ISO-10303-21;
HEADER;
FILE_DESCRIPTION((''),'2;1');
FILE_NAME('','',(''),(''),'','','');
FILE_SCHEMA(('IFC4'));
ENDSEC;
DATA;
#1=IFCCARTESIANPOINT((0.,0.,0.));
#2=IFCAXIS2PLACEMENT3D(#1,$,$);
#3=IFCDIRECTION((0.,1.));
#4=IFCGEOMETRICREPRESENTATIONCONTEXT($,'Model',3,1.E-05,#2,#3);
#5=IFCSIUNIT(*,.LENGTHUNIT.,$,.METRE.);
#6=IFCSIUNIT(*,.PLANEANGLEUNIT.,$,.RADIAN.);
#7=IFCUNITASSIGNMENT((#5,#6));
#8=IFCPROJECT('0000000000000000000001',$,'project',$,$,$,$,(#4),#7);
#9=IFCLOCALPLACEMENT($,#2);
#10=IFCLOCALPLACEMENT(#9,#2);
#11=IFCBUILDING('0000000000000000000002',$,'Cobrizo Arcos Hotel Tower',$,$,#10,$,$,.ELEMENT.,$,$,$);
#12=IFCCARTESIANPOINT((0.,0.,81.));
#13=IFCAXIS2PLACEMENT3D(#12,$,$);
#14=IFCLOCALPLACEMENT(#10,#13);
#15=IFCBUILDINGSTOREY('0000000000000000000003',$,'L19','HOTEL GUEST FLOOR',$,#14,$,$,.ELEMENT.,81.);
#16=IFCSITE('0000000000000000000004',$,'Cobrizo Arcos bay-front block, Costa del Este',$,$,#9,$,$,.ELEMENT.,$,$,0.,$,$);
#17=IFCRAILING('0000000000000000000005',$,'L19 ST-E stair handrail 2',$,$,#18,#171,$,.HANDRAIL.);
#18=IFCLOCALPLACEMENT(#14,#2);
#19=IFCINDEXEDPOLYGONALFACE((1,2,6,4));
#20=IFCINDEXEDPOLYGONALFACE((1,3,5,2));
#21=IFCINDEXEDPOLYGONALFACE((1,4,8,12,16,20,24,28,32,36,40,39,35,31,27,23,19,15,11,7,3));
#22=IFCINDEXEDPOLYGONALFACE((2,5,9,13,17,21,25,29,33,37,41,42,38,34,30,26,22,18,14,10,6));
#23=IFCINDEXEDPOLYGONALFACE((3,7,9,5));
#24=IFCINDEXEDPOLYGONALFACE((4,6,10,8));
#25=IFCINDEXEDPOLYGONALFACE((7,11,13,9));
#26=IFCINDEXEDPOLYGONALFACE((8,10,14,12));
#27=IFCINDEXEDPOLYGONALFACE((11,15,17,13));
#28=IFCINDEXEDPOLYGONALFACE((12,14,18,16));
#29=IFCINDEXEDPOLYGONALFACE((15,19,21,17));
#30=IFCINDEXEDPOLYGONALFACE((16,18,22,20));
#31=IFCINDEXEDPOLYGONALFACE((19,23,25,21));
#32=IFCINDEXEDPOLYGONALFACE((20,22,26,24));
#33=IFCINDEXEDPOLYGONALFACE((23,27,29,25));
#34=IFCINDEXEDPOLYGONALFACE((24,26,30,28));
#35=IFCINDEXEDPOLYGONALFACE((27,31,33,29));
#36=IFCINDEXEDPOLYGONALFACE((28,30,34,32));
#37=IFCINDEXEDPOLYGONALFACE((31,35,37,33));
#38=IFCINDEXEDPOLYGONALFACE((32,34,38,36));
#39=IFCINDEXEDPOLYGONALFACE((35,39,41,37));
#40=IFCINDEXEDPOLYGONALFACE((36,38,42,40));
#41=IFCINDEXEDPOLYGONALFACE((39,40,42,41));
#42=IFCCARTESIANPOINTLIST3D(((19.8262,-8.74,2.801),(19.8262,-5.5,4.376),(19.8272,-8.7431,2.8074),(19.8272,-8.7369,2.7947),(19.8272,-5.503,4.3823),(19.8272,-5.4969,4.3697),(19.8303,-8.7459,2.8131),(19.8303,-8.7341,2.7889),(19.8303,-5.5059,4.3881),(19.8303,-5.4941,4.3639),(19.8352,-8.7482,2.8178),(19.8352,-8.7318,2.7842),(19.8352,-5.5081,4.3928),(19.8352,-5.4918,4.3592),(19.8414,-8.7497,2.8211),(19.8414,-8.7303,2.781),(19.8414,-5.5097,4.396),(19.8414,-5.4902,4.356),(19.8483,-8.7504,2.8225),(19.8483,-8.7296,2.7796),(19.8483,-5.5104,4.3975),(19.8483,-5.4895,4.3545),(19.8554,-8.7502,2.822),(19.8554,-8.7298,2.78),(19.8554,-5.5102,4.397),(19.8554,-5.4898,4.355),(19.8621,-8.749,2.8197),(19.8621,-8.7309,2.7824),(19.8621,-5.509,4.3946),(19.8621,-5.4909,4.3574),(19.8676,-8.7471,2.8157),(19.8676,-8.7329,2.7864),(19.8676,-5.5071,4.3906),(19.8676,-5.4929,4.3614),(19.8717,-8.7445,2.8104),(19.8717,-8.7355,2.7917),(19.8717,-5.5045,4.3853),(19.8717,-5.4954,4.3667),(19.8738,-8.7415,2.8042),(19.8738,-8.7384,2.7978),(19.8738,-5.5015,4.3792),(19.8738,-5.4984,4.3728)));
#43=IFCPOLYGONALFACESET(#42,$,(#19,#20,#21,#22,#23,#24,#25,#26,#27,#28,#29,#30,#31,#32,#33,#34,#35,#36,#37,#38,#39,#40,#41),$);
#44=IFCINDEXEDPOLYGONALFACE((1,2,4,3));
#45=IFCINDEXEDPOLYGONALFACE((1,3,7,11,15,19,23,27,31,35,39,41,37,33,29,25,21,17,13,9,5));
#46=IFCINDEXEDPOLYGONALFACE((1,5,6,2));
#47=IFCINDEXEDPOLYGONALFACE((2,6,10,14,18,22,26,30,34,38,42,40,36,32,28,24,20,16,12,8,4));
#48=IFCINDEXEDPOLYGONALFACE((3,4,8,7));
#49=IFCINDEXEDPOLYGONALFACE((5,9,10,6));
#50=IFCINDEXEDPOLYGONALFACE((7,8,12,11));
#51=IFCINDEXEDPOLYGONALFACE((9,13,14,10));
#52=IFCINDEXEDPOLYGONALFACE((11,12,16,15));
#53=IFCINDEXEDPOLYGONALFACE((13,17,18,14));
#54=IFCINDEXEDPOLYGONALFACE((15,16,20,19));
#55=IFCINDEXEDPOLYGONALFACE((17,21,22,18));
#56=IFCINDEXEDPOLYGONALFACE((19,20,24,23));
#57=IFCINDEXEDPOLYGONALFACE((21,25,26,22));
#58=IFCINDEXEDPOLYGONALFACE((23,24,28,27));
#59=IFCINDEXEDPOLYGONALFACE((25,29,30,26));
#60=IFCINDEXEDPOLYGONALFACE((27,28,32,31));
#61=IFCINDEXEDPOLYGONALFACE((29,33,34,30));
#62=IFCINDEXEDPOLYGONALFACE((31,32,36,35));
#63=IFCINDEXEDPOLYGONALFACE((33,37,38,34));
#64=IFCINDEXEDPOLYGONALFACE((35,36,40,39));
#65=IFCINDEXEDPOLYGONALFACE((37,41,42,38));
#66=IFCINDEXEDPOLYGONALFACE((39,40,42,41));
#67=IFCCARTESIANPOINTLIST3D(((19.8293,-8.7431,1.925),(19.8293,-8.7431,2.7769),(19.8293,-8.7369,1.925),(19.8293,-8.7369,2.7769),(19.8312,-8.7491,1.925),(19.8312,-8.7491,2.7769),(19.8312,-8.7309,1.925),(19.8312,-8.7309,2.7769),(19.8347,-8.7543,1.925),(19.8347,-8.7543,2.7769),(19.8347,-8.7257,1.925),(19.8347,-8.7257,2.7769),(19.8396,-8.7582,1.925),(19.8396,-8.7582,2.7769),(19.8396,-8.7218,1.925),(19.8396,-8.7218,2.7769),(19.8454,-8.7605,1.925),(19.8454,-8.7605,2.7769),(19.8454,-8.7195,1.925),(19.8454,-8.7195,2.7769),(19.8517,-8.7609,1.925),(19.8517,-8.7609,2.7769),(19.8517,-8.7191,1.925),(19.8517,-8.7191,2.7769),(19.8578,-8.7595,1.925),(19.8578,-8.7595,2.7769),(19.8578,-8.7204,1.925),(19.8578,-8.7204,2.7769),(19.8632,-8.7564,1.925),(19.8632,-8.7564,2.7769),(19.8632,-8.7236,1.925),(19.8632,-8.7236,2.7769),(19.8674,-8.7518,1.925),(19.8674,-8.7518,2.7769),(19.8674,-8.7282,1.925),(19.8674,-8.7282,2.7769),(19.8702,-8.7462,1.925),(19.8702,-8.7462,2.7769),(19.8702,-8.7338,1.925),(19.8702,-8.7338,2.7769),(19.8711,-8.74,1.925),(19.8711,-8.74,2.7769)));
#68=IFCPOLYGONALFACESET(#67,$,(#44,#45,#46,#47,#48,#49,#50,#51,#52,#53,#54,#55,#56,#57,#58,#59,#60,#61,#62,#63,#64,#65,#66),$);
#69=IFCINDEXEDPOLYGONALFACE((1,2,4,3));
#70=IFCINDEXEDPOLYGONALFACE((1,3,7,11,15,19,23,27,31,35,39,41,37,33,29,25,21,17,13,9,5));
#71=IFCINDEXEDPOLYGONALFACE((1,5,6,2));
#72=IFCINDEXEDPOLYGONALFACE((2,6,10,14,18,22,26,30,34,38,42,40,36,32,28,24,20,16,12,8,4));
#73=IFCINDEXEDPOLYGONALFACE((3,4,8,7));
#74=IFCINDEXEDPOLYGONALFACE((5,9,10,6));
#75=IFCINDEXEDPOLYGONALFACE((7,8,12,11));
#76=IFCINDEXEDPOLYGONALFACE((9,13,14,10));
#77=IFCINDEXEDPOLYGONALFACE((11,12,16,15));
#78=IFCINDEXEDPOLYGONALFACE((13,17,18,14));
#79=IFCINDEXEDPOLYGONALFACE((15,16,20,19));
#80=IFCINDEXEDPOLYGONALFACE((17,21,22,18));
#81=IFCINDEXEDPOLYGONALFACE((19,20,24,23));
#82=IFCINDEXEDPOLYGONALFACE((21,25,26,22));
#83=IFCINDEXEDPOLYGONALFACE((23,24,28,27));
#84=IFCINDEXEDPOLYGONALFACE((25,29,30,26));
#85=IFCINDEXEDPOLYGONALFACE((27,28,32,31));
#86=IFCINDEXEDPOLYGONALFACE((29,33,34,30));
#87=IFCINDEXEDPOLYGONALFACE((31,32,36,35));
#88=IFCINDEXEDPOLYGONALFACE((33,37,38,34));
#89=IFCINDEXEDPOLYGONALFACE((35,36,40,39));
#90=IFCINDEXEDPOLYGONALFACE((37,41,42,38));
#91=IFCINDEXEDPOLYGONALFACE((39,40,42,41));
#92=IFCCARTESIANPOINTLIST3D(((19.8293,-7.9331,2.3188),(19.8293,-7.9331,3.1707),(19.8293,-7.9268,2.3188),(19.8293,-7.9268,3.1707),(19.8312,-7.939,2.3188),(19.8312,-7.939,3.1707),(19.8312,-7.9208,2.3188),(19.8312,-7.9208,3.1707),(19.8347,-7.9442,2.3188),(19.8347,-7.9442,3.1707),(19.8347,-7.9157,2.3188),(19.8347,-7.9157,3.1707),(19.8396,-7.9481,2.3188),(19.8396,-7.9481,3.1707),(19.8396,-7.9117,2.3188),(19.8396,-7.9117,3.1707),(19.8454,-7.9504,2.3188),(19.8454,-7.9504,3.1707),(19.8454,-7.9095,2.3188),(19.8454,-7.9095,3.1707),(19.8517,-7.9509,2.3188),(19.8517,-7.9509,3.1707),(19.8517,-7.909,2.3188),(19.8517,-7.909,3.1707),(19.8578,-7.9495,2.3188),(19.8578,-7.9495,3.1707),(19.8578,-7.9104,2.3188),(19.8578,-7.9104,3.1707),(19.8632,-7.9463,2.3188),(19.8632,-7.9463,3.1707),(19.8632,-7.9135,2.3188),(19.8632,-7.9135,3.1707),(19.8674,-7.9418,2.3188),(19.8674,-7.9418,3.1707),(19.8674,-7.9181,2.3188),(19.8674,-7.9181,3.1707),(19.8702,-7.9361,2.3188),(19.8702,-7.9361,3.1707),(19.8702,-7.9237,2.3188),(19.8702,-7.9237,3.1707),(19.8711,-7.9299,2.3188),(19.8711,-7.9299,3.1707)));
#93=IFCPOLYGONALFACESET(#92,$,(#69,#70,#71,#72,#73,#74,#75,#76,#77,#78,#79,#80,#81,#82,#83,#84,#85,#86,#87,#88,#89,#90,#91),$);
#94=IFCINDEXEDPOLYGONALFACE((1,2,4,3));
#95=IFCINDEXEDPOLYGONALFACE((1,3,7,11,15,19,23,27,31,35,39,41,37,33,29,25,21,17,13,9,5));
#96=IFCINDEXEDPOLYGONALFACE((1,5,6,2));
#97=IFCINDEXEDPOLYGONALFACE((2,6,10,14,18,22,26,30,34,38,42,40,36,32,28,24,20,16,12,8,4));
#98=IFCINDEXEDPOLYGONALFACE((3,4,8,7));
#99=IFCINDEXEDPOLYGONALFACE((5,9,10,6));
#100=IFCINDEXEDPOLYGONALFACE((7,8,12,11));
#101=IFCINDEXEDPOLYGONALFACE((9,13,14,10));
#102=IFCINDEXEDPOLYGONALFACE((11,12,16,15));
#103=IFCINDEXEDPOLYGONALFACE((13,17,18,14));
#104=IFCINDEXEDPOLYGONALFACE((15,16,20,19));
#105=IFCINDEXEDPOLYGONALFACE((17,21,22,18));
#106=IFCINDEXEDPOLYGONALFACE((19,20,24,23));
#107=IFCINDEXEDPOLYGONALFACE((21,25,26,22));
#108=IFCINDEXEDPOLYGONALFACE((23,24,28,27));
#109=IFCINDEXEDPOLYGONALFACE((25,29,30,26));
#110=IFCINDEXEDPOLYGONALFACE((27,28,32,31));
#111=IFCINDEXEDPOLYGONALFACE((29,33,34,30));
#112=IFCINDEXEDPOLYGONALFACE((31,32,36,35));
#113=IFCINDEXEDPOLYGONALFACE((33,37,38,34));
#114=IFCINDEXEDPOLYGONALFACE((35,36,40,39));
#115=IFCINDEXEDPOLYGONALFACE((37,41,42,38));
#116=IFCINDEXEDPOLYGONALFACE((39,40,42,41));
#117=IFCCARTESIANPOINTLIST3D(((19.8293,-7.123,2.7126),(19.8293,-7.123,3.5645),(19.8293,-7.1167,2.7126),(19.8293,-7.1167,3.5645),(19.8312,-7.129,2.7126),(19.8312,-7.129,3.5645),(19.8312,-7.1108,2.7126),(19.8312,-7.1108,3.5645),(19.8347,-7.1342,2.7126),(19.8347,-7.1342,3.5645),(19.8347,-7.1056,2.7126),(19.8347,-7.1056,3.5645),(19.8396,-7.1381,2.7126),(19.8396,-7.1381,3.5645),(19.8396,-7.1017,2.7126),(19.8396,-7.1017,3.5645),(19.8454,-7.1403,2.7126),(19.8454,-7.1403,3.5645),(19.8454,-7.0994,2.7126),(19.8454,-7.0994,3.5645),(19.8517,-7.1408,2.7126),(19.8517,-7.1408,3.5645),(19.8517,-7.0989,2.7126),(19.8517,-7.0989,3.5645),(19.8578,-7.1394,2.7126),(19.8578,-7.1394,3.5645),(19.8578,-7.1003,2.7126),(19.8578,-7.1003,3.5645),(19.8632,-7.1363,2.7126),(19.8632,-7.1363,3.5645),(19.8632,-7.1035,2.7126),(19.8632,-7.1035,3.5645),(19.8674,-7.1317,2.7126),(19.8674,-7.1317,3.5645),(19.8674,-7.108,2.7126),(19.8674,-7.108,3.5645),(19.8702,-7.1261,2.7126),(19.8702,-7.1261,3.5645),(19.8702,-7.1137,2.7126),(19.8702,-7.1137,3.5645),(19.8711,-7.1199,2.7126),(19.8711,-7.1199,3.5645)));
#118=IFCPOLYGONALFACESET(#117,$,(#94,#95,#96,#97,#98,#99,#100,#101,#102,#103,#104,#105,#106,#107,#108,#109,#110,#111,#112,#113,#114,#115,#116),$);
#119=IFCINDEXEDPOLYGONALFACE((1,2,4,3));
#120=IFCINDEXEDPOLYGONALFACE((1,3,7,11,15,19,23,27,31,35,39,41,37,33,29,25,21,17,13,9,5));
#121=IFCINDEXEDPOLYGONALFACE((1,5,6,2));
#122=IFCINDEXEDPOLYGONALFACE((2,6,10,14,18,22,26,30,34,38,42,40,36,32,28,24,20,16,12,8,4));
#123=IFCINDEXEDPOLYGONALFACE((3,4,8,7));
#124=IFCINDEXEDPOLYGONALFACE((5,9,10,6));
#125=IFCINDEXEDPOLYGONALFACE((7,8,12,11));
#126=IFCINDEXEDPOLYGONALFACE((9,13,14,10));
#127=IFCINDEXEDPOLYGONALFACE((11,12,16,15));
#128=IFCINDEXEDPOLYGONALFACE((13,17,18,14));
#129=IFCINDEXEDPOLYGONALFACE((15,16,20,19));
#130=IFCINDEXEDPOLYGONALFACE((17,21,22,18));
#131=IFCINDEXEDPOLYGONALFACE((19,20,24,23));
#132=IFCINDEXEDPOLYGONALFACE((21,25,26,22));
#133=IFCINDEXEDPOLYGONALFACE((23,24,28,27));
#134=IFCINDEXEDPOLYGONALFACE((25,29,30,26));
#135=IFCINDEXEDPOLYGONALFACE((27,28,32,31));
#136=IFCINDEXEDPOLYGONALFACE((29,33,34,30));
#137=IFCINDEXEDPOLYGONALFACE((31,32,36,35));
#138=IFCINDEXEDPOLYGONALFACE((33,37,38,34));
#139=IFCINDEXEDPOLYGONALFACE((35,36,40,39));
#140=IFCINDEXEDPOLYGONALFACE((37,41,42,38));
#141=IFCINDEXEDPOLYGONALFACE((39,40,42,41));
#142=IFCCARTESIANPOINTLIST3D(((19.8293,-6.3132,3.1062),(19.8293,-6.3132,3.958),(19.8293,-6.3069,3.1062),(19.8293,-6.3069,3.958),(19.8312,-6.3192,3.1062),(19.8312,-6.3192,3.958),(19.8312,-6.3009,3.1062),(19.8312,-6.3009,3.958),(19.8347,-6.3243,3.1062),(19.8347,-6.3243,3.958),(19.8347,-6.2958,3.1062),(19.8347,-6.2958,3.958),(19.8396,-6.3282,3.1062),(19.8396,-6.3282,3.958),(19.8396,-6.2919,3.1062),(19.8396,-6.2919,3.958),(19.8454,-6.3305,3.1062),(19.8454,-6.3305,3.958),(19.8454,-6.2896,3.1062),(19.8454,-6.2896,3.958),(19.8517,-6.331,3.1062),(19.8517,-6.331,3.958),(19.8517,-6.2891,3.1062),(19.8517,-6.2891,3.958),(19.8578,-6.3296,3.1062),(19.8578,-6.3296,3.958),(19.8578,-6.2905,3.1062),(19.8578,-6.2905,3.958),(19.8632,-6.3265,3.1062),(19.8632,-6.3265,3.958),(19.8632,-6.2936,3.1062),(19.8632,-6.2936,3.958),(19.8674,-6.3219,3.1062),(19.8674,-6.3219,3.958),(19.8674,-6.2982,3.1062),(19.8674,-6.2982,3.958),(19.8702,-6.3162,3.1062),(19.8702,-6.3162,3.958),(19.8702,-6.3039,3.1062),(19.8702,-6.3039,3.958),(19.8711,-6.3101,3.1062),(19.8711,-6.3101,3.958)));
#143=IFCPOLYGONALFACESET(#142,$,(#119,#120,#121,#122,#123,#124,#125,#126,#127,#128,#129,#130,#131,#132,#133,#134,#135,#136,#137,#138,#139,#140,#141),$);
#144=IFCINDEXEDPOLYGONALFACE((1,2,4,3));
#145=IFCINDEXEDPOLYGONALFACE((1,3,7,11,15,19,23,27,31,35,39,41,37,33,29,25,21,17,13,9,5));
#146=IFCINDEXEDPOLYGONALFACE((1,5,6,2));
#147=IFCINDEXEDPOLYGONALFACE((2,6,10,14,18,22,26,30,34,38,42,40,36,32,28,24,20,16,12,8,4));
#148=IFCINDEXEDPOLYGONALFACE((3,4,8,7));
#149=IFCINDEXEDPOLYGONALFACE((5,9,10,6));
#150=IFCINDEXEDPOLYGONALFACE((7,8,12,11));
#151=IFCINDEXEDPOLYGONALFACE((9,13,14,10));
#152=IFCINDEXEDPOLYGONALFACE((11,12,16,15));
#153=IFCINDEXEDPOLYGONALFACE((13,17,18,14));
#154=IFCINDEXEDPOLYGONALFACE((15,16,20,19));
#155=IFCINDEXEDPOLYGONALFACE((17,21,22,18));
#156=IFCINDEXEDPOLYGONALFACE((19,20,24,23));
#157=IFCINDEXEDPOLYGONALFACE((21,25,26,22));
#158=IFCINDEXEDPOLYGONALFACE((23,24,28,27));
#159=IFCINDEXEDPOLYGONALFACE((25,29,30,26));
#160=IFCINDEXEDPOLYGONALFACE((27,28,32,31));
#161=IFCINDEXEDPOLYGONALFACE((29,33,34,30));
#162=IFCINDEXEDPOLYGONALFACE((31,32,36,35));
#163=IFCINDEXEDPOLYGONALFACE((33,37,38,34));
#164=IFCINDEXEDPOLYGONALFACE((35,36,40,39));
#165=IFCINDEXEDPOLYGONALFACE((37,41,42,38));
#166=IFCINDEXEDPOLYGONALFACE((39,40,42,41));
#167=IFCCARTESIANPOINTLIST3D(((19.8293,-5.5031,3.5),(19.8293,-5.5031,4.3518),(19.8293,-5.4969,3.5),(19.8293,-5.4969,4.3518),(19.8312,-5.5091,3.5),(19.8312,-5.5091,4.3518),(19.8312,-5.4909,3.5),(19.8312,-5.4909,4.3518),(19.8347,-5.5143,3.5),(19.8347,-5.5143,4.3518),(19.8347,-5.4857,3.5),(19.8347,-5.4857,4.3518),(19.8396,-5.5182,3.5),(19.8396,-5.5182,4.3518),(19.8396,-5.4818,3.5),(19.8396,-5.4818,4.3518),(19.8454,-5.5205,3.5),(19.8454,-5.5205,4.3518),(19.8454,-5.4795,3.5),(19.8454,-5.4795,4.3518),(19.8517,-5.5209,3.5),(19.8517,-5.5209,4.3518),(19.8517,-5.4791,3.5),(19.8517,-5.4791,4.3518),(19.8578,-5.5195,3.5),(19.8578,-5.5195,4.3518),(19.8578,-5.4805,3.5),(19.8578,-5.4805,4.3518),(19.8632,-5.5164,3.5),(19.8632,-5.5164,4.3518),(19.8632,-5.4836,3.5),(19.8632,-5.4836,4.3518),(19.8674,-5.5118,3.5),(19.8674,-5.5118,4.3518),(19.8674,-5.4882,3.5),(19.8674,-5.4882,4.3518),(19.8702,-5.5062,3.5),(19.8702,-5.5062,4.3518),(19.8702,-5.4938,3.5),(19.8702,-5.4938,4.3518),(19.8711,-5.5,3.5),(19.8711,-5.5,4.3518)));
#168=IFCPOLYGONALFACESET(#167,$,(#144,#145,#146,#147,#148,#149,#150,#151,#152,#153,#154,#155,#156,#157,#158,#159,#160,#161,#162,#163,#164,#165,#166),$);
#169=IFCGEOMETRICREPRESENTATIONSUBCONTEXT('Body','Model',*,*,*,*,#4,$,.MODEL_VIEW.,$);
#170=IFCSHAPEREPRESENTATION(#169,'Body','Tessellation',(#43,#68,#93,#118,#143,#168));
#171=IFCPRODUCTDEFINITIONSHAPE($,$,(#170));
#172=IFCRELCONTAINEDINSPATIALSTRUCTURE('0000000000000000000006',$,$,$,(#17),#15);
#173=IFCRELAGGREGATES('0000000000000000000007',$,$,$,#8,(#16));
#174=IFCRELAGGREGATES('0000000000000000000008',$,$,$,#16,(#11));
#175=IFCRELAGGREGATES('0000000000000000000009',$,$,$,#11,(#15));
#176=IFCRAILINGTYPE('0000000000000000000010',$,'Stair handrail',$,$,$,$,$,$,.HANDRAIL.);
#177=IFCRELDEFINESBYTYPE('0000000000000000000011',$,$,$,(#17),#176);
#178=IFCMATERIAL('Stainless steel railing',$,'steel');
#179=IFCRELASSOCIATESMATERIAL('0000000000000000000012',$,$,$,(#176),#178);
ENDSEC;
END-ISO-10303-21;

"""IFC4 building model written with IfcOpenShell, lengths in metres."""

from ifc_helpers import new_model, si_unit, direction, frame, origin, origin_2d, place, context, subcontext, project, spatial, circle, extrude, material, type_object, element, save


model = new_model("IFC4")

# Units and contexts
model_context = context("Model", 3, precision=1e-05, world=origin(), true_north=direction((0.0, 1.0)))
body_context = subcontext(model_context, "Body", "Model", "MODEL_VIEW")
ifc_project = project(units=[si_unit("LENGTHUNIT", "METRE"), si_unit("PLANEANGLEUNIT", "RADIAN")], contexts=[model_context])

# Site, building, storey
site_placement = place(None, origin())
site = spatial("IfcSite", under=ifc_project, at=site_placement, Name="Cobrizo Arcos bay-front block, Costa del Este", CompositionType="ELEMENT", RefElevation=0.0)
building_placement = place(site_placement, origin())
building = spatial("IfcBuilding", under=site, at=building_placement, Name="Cobrizo Arcos Hotel Tower", CompositionType="ELEMENT")
storey_placement = place(building_placement, frame((0.0, 0.0, 81.0)))
storey = spatial("IfcBuildingStorey", under=building, at=storey_placement, Name="L19", Description="HOTEL GUEST FLOOR", CompositionType="ELEMENT", Elevation=81.0)

# Railing
ifc_material_1 = material(Name="Stainless steel railing", Category="steel")
railing_type_1 = type_object("IfcRailingType", Name="Stair handrail", PredefinedType="HANDRAIL", material=ifc_material_1)
railing_1_placement = place(storey_placement, frame((19.8501, -8.74, 1.925)))
element("IfcRailing", 1, at=railing_1_placement, inside=storey, type_object=railing_type_1, Name="L19 ST-E stair handrail 2", PredefinedType="HANDRAIL", context=body_context, shape_type="SweptSolid", body=[
    extrude(circle(Radius=0.0239, at=origin_2d()), frame((0.0, 0.0, 0.876), z_axis=(0.0, 0.899373, 0.437183), x_axis=(-1.0, 0.0, 0.0)), (0.0, 0.0, 1.0), 3.6025),
    extrude(circle(Radius=0.021, at=origin_2d()), origin(), (0.0, 0.0, 1.0), 0.8518),
    extrude(circle(Radius=0.021, at=origin_2d()), frame((0.0, 0.8101, 0.3938)), (0.0, 0.0, 1.0), 0.8518),
    extrude(circle(Radius=0.021, at=origin_2d()), frame((0.0, 1.6201, 0.7876)), (0.0, 0.0, 1.0), 0.8518),
    extrude(circle(Radius=0.021, at=origin_2d()), frame((0.0, 2.4299, 1.1812)), (0.0, 0.0, 1.0), 0.8518),
    extrude(circle(Radius=0.021, at=origin_2d()), frame((0.0, 3.24, 1.575)), (0.0, 0.0, 1.0), 0.8518),
])

save(model, "model.ifc")
